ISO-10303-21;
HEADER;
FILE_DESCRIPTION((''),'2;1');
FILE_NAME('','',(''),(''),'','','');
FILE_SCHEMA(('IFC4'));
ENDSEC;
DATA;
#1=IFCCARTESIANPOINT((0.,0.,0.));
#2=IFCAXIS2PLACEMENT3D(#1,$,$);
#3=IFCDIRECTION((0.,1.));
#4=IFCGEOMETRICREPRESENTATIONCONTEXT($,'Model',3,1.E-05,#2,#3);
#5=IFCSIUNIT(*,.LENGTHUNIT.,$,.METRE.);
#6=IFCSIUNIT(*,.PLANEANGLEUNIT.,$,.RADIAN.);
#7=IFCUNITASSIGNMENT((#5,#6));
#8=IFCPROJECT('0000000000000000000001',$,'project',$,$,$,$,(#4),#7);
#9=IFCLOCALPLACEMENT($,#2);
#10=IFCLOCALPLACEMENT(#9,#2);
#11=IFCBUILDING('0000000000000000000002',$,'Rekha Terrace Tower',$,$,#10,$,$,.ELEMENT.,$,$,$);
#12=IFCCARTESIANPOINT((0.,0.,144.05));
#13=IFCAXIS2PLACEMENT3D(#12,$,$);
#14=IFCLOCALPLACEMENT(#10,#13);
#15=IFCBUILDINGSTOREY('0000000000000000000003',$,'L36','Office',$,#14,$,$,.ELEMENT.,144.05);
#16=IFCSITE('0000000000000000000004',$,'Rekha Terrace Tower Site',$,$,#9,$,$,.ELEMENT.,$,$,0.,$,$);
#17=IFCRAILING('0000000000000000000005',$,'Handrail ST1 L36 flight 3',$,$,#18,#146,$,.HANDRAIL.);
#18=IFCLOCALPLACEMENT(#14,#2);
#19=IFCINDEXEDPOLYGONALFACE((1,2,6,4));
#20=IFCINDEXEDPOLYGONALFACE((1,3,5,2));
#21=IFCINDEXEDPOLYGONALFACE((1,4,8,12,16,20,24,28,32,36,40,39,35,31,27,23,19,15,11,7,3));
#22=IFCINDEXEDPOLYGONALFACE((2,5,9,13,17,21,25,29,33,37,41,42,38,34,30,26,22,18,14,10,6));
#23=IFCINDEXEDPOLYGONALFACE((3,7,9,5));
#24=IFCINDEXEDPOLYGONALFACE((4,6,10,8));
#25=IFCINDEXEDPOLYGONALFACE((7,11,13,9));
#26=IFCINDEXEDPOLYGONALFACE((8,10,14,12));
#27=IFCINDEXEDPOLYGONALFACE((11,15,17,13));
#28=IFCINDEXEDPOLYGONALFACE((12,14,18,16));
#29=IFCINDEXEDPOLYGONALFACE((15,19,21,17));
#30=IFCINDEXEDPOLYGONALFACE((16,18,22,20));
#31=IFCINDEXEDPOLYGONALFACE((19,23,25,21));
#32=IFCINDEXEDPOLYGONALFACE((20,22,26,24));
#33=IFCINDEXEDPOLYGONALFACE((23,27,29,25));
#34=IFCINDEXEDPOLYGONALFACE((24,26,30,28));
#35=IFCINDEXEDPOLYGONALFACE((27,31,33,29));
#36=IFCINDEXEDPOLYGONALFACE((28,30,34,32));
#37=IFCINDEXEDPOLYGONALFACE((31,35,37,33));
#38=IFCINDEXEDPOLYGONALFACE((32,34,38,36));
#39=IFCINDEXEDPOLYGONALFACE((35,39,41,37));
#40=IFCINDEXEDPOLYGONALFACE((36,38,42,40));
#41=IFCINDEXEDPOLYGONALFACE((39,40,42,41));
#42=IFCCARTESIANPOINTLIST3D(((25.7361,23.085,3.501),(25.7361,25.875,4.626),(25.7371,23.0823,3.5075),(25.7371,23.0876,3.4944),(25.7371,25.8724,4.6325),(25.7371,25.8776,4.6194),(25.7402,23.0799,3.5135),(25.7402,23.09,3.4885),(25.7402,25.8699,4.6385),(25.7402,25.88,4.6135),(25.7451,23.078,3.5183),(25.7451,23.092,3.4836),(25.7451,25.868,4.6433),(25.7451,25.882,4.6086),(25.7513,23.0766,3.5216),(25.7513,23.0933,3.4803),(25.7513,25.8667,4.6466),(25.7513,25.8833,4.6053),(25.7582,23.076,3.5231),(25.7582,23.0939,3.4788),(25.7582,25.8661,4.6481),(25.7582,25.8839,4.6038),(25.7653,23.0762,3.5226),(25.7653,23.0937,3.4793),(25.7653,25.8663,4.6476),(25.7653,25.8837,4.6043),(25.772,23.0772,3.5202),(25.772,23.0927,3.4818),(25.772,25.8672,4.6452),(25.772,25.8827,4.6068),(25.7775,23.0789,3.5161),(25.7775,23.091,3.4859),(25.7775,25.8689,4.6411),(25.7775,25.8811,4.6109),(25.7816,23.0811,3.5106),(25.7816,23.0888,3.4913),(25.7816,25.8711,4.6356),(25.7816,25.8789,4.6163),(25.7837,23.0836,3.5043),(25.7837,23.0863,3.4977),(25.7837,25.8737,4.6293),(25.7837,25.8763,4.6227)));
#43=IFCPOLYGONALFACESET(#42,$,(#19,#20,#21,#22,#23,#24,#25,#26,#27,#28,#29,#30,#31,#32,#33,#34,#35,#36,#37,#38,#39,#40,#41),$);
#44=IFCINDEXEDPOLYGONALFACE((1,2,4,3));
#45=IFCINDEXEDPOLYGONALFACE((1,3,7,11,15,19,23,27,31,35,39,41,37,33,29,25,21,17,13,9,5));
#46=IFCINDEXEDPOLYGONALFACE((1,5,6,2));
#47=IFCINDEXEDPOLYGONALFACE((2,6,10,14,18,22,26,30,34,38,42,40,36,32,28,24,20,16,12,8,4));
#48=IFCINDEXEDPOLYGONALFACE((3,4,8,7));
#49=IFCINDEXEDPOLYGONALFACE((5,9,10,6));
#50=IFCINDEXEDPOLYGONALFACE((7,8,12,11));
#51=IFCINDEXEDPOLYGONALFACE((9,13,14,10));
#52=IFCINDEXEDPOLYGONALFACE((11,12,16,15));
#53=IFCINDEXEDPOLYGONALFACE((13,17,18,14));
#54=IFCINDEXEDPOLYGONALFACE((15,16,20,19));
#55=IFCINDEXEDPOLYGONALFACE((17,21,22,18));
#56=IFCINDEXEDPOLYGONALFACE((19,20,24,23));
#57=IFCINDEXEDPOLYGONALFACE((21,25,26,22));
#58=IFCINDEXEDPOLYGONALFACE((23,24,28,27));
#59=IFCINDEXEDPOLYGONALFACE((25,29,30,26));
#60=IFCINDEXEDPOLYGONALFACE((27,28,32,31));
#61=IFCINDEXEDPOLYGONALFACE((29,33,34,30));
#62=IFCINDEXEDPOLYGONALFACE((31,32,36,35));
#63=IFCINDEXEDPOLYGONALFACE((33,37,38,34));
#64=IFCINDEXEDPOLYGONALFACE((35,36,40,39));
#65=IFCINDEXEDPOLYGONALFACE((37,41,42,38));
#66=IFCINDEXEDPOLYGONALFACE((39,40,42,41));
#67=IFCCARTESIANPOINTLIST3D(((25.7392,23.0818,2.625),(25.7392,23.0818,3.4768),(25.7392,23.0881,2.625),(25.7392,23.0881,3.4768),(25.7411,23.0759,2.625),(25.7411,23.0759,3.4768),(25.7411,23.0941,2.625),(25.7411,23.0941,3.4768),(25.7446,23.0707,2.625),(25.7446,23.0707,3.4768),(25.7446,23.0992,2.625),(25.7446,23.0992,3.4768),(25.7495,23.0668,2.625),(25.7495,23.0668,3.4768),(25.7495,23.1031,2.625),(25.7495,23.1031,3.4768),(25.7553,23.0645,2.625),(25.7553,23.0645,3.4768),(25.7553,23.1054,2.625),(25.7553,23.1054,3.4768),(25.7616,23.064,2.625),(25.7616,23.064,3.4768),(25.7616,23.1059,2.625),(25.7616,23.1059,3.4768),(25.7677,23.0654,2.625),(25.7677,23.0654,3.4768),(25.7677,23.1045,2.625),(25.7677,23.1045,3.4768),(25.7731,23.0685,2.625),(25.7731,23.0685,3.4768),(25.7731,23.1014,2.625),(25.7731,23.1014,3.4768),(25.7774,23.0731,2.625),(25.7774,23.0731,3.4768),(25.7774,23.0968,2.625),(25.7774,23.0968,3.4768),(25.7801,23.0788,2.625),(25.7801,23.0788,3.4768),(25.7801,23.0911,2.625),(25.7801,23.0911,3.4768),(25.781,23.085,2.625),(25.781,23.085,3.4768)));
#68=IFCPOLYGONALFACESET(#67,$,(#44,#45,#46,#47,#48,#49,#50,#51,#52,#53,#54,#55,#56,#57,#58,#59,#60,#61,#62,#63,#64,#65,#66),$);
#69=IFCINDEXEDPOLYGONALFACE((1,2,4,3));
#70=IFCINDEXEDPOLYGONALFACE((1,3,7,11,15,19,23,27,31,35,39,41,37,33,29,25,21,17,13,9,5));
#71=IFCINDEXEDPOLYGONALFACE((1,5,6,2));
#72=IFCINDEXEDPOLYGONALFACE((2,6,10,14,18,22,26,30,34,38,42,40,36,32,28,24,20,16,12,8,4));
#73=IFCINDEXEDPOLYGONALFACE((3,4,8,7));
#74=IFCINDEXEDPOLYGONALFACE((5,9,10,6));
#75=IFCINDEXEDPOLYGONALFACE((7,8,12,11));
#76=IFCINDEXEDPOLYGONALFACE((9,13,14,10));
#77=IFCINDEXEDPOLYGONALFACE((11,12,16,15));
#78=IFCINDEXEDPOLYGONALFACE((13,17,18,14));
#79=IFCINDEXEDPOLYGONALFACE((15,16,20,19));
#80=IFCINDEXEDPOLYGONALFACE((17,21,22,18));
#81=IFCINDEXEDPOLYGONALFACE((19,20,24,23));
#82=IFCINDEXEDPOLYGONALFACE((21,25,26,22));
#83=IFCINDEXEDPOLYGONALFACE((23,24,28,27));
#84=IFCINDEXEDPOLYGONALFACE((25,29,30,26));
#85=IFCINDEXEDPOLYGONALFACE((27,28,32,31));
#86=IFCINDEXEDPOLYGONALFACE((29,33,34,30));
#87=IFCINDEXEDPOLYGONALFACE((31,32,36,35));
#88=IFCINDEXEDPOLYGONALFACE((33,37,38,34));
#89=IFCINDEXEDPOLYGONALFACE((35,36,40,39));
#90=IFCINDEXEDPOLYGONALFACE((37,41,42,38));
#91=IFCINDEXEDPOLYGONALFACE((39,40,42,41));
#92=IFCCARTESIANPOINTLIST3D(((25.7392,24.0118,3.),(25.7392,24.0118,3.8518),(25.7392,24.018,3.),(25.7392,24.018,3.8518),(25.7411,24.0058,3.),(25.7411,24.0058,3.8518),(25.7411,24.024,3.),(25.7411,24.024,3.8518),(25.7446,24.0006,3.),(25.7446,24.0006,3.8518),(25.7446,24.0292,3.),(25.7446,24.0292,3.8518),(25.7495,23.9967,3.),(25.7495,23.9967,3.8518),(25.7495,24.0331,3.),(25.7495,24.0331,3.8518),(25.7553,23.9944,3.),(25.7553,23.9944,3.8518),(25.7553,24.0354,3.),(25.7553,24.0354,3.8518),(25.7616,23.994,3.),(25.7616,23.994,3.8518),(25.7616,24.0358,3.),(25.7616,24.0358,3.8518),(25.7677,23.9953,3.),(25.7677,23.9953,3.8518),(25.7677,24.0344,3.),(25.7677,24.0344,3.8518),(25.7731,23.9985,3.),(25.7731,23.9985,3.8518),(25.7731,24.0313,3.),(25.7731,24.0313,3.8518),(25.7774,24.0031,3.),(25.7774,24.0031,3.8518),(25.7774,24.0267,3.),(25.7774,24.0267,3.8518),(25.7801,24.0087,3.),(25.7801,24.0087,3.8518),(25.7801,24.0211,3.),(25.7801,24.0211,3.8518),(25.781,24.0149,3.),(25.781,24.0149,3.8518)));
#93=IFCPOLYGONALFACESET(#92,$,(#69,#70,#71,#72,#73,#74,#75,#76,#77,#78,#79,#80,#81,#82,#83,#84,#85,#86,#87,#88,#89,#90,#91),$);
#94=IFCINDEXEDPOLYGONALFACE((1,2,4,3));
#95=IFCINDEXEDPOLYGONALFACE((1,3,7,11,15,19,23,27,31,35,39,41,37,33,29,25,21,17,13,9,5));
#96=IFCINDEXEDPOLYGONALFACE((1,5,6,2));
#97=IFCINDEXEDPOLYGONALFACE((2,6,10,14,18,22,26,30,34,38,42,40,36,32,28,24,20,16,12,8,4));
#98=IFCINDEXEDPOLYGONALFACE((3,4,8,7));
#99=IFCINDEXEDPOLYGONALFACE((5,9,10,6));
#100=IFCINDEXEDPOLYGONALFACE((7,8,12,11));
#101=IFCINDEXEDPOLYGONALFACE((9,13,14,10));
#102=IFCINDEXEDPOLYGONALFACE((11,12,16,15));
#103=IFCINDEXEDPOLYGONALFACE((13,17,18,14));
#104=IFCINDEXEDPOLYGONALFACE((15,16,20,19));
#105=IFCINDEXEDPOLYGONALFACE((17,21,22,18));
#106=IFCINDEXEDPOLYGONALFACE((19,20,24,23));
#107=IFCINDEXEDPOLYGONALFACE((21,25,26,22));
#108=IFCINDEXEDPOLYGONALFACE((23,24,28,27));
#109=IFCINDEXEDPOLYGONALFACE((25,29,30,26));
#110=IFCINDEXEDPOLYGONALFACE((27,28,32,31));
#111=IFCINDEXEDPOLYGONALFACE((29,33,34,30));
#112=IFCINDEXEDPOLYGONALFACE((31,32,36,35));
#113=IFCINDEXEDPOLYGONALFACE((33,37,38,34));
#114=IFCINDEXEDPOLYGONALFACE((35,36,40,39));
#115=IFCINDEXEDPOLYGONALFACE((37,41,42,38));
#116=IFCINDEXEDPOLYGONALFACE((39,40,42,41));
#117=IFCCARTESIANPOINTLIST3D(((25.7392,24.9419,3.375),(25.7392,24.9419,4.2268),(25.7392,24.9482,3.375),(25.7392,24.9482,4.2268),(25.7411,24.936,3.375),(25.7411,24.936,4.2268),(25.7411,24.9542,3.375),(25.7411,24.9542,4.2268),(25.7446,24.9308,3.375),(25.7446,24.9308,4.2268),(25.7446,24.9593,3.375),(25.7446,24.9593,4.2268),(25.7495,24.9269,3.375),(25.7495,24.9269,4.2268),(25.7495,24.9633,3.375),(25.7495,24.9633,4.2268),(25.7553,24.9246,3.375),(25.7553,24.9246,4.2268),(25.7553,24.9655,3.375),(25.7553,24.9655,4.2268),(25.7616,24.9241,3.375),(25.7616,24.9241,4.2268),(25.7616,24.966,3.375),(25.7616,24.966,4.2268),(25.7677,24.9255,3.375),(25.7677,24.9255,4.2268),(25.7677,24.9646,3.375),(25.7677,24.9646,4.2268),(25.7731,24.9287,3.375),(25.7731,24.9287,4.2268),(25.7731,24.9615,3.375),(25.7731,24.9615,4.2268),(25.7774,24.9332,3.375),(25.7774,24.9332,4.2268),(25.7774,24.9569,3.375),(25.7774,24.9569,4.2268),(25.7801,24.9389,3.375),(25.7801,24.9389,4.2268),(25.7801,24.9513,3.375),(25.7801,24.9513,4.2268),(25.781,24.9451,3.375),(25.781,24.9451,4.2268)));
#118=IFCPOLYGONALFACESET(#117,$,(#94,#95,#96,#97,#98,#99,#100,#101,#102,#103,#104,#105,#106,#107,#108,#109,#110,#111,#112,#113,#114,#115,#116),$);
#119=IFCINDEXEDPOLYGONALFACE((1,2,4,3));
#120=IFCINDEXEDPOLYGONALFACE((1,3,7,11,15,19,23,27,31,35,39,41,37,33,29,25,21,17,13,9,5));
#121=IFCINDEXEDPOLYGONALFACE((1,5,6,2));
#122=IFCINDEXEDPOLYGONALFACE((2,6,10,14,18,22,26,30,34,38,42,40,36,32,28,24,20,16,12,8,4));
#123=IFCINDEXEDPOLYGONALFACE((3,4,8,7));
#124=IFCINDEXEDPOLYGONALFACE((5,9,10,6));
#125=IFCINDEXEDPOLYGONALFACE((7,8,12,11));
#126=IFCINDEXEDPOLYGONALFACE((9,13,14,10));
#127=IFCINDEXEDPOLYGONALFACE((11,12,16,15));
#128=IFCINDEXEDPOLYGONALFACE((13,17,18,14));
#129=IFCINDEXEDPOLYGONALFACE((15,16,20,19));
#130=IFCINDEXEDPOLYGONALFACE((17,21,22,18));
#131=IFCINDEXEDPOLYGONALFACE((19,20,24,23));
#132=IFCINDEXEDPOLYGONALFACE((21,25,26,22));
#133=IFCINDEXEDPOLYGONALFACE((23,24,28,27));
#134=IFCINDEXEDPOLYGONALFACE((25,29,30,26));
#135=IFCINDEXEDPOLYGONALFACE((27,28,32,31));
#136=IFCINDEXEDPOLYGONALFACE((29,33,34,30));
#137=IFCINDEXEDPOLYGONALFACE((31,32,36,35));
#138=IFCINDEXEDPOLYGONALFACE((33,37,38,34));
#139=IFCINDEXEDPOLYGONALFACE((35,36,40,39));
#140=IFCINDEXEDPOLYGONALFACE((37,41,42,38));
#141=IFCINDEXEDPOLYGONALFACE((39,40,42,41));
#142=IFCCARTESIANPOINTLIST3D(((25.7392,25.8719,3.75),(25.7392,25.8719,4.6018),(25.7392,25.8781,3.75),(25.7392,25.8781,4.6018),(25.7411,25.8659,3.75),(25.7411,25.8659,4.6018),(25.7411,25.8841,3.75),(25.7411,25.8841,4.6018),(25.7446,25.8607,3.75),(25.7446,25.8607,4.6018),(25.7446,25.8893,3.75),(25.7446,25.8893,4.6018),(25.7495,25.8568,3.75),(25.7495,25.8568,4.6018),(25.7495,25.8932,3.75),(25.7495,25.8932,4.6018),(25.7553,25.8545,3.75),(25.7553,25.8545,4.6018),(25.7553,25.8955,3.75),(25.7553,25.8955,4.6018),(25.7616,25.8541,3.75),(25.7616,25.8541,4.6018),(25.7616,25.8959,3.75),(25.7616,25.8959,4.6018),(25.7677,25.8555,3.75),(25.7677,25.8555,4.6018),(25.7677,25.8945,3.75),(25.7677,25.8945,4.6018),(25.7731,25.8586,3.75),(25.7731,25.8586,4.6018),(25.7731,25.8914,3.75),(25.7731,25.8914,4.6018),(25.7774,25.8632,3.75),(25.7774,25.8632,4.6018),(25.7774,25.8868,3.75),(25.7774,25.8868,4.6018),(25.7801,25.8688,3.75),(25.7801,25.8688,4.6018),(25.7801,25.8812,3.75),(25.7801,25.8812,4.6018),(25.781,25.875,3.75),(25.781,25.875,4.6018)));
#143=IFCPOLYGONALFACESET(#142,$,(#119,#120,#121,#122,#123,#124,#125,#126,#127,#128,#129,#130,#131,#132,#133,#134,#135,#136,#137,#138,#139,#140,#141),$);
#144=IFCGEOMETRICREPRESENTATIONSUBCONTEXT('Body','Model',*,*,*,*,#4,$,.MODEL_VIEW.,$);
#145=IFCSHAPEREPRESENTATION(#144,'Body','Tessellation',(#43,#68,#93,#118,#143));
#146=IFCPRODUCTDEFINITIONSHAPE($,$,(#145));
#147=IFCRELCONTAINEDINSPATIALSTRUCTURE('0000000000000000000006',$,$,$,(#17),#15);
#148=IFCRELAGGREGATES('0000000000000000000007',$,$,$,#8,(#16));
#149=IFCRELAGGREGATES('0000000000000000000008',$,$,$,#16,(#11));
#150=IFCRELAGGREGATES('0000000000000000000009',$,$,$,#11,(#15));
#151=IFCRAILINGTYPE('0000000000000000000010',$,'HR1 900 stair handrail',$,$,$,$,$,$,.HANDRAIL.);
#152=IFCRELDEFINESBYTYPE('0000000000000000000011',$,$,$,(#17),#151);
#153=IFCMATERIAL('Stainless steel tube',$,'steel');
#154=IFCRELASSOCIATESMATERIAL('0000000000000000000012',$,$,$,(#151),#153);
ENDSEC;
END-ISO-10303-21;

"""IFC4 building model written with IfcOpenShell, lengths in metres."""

from ifc_helpers import new_model, si_unit, direction, frame, origin, origin_2d, place, context, subcontext, project, spatial, circle, extrude, material, type_object, element, save


model = new_model("IFC4")

# Units and contexts
model_context = context("Model", 3, precision=1e-05, world=origin(), true_north=direction((0.0, 1.0)))
body_context = subcontext(model_context, "Body", "Model", "MODEL_VIEW")
ifc_project = project(units=[si_unit("LENGTHUNIT", "METRE"), si_unit("PLANEANGLEUNIT", "RADIAN")], contexts=[model_context])

# Site, building, storey
site_placement = place(None, origin())
site = spatial("IfcSite", under=ifc_project, at=site_placement, Name="Rekha Terrace Tower Site", CompositionType="ELEMENT", RefElevation=0.0)
building_placement = place(site_placement, origin())
building = spatial("IfcBuilding", under=site, at=building_placement, Name="Rekha Terrace Tower", CompositionType="ELEMENT")
storey_placement = place(building_placement, frame((0.0, 0.0, 144.05)))
storey = spatial("IfcBuildingStorey", under=building, at=storey_placement, Name="L36", Description="Office", CompositionType="ELEMENT", Elevation=144.05)

# Railing
ifc_material_1 = material(Name="Stainless steel tube", Category="steel")
railing_type_1 = type_object("IfcRailingType", Name="HR1 900 stair handrail", PredefinedType="HANDRAIL", material=ifc_material_1)
railing_1_placement = place(storey_placement, frame((25.76, 23.085, 2.625)))
element("IfcRailing", 1, at=railing_1_placement, inside=storey, type_object=railing_type_1, Name="Handrail ST1 L36 flight 3", PredefinedType="HANDRAIL", context=body_context, shape_type="SweptSolid", body=[
    extrude(circle(Radius=0.0239, at=origin_2d()), frame((0.0, 0.0, 0.876), z_axis=(0.0, 0.927443, 0.373964), x_axis=(-1.0, 0.0, 0.0)), (0.0, 0.0, 1.0), 3.0083),
    extrude(circle(Radius=0.021, at=origin_2d()), origin(), (0.0, 0.0, 1.0), 0.8518),
    extrude(circle(Radius=0.021, at=origin_2d()), frame((0.0, 0.9299, 0.375)), (0.0, 0.0, 1.0), 0.8518),
    extrude(circle(Radius=0.021, at=origin_2d()), frame((0.0, 1.8601, 0.75)), (0.0, 0.0, 1.0), 0.8518),
    extrude(circle(Radius=0.021, at=origin_2d()), frame((0.0, 2.79, 1.125)), (0.0, 0.0, 1.0), 0.8518),
])

save(model, "model.ifc")
